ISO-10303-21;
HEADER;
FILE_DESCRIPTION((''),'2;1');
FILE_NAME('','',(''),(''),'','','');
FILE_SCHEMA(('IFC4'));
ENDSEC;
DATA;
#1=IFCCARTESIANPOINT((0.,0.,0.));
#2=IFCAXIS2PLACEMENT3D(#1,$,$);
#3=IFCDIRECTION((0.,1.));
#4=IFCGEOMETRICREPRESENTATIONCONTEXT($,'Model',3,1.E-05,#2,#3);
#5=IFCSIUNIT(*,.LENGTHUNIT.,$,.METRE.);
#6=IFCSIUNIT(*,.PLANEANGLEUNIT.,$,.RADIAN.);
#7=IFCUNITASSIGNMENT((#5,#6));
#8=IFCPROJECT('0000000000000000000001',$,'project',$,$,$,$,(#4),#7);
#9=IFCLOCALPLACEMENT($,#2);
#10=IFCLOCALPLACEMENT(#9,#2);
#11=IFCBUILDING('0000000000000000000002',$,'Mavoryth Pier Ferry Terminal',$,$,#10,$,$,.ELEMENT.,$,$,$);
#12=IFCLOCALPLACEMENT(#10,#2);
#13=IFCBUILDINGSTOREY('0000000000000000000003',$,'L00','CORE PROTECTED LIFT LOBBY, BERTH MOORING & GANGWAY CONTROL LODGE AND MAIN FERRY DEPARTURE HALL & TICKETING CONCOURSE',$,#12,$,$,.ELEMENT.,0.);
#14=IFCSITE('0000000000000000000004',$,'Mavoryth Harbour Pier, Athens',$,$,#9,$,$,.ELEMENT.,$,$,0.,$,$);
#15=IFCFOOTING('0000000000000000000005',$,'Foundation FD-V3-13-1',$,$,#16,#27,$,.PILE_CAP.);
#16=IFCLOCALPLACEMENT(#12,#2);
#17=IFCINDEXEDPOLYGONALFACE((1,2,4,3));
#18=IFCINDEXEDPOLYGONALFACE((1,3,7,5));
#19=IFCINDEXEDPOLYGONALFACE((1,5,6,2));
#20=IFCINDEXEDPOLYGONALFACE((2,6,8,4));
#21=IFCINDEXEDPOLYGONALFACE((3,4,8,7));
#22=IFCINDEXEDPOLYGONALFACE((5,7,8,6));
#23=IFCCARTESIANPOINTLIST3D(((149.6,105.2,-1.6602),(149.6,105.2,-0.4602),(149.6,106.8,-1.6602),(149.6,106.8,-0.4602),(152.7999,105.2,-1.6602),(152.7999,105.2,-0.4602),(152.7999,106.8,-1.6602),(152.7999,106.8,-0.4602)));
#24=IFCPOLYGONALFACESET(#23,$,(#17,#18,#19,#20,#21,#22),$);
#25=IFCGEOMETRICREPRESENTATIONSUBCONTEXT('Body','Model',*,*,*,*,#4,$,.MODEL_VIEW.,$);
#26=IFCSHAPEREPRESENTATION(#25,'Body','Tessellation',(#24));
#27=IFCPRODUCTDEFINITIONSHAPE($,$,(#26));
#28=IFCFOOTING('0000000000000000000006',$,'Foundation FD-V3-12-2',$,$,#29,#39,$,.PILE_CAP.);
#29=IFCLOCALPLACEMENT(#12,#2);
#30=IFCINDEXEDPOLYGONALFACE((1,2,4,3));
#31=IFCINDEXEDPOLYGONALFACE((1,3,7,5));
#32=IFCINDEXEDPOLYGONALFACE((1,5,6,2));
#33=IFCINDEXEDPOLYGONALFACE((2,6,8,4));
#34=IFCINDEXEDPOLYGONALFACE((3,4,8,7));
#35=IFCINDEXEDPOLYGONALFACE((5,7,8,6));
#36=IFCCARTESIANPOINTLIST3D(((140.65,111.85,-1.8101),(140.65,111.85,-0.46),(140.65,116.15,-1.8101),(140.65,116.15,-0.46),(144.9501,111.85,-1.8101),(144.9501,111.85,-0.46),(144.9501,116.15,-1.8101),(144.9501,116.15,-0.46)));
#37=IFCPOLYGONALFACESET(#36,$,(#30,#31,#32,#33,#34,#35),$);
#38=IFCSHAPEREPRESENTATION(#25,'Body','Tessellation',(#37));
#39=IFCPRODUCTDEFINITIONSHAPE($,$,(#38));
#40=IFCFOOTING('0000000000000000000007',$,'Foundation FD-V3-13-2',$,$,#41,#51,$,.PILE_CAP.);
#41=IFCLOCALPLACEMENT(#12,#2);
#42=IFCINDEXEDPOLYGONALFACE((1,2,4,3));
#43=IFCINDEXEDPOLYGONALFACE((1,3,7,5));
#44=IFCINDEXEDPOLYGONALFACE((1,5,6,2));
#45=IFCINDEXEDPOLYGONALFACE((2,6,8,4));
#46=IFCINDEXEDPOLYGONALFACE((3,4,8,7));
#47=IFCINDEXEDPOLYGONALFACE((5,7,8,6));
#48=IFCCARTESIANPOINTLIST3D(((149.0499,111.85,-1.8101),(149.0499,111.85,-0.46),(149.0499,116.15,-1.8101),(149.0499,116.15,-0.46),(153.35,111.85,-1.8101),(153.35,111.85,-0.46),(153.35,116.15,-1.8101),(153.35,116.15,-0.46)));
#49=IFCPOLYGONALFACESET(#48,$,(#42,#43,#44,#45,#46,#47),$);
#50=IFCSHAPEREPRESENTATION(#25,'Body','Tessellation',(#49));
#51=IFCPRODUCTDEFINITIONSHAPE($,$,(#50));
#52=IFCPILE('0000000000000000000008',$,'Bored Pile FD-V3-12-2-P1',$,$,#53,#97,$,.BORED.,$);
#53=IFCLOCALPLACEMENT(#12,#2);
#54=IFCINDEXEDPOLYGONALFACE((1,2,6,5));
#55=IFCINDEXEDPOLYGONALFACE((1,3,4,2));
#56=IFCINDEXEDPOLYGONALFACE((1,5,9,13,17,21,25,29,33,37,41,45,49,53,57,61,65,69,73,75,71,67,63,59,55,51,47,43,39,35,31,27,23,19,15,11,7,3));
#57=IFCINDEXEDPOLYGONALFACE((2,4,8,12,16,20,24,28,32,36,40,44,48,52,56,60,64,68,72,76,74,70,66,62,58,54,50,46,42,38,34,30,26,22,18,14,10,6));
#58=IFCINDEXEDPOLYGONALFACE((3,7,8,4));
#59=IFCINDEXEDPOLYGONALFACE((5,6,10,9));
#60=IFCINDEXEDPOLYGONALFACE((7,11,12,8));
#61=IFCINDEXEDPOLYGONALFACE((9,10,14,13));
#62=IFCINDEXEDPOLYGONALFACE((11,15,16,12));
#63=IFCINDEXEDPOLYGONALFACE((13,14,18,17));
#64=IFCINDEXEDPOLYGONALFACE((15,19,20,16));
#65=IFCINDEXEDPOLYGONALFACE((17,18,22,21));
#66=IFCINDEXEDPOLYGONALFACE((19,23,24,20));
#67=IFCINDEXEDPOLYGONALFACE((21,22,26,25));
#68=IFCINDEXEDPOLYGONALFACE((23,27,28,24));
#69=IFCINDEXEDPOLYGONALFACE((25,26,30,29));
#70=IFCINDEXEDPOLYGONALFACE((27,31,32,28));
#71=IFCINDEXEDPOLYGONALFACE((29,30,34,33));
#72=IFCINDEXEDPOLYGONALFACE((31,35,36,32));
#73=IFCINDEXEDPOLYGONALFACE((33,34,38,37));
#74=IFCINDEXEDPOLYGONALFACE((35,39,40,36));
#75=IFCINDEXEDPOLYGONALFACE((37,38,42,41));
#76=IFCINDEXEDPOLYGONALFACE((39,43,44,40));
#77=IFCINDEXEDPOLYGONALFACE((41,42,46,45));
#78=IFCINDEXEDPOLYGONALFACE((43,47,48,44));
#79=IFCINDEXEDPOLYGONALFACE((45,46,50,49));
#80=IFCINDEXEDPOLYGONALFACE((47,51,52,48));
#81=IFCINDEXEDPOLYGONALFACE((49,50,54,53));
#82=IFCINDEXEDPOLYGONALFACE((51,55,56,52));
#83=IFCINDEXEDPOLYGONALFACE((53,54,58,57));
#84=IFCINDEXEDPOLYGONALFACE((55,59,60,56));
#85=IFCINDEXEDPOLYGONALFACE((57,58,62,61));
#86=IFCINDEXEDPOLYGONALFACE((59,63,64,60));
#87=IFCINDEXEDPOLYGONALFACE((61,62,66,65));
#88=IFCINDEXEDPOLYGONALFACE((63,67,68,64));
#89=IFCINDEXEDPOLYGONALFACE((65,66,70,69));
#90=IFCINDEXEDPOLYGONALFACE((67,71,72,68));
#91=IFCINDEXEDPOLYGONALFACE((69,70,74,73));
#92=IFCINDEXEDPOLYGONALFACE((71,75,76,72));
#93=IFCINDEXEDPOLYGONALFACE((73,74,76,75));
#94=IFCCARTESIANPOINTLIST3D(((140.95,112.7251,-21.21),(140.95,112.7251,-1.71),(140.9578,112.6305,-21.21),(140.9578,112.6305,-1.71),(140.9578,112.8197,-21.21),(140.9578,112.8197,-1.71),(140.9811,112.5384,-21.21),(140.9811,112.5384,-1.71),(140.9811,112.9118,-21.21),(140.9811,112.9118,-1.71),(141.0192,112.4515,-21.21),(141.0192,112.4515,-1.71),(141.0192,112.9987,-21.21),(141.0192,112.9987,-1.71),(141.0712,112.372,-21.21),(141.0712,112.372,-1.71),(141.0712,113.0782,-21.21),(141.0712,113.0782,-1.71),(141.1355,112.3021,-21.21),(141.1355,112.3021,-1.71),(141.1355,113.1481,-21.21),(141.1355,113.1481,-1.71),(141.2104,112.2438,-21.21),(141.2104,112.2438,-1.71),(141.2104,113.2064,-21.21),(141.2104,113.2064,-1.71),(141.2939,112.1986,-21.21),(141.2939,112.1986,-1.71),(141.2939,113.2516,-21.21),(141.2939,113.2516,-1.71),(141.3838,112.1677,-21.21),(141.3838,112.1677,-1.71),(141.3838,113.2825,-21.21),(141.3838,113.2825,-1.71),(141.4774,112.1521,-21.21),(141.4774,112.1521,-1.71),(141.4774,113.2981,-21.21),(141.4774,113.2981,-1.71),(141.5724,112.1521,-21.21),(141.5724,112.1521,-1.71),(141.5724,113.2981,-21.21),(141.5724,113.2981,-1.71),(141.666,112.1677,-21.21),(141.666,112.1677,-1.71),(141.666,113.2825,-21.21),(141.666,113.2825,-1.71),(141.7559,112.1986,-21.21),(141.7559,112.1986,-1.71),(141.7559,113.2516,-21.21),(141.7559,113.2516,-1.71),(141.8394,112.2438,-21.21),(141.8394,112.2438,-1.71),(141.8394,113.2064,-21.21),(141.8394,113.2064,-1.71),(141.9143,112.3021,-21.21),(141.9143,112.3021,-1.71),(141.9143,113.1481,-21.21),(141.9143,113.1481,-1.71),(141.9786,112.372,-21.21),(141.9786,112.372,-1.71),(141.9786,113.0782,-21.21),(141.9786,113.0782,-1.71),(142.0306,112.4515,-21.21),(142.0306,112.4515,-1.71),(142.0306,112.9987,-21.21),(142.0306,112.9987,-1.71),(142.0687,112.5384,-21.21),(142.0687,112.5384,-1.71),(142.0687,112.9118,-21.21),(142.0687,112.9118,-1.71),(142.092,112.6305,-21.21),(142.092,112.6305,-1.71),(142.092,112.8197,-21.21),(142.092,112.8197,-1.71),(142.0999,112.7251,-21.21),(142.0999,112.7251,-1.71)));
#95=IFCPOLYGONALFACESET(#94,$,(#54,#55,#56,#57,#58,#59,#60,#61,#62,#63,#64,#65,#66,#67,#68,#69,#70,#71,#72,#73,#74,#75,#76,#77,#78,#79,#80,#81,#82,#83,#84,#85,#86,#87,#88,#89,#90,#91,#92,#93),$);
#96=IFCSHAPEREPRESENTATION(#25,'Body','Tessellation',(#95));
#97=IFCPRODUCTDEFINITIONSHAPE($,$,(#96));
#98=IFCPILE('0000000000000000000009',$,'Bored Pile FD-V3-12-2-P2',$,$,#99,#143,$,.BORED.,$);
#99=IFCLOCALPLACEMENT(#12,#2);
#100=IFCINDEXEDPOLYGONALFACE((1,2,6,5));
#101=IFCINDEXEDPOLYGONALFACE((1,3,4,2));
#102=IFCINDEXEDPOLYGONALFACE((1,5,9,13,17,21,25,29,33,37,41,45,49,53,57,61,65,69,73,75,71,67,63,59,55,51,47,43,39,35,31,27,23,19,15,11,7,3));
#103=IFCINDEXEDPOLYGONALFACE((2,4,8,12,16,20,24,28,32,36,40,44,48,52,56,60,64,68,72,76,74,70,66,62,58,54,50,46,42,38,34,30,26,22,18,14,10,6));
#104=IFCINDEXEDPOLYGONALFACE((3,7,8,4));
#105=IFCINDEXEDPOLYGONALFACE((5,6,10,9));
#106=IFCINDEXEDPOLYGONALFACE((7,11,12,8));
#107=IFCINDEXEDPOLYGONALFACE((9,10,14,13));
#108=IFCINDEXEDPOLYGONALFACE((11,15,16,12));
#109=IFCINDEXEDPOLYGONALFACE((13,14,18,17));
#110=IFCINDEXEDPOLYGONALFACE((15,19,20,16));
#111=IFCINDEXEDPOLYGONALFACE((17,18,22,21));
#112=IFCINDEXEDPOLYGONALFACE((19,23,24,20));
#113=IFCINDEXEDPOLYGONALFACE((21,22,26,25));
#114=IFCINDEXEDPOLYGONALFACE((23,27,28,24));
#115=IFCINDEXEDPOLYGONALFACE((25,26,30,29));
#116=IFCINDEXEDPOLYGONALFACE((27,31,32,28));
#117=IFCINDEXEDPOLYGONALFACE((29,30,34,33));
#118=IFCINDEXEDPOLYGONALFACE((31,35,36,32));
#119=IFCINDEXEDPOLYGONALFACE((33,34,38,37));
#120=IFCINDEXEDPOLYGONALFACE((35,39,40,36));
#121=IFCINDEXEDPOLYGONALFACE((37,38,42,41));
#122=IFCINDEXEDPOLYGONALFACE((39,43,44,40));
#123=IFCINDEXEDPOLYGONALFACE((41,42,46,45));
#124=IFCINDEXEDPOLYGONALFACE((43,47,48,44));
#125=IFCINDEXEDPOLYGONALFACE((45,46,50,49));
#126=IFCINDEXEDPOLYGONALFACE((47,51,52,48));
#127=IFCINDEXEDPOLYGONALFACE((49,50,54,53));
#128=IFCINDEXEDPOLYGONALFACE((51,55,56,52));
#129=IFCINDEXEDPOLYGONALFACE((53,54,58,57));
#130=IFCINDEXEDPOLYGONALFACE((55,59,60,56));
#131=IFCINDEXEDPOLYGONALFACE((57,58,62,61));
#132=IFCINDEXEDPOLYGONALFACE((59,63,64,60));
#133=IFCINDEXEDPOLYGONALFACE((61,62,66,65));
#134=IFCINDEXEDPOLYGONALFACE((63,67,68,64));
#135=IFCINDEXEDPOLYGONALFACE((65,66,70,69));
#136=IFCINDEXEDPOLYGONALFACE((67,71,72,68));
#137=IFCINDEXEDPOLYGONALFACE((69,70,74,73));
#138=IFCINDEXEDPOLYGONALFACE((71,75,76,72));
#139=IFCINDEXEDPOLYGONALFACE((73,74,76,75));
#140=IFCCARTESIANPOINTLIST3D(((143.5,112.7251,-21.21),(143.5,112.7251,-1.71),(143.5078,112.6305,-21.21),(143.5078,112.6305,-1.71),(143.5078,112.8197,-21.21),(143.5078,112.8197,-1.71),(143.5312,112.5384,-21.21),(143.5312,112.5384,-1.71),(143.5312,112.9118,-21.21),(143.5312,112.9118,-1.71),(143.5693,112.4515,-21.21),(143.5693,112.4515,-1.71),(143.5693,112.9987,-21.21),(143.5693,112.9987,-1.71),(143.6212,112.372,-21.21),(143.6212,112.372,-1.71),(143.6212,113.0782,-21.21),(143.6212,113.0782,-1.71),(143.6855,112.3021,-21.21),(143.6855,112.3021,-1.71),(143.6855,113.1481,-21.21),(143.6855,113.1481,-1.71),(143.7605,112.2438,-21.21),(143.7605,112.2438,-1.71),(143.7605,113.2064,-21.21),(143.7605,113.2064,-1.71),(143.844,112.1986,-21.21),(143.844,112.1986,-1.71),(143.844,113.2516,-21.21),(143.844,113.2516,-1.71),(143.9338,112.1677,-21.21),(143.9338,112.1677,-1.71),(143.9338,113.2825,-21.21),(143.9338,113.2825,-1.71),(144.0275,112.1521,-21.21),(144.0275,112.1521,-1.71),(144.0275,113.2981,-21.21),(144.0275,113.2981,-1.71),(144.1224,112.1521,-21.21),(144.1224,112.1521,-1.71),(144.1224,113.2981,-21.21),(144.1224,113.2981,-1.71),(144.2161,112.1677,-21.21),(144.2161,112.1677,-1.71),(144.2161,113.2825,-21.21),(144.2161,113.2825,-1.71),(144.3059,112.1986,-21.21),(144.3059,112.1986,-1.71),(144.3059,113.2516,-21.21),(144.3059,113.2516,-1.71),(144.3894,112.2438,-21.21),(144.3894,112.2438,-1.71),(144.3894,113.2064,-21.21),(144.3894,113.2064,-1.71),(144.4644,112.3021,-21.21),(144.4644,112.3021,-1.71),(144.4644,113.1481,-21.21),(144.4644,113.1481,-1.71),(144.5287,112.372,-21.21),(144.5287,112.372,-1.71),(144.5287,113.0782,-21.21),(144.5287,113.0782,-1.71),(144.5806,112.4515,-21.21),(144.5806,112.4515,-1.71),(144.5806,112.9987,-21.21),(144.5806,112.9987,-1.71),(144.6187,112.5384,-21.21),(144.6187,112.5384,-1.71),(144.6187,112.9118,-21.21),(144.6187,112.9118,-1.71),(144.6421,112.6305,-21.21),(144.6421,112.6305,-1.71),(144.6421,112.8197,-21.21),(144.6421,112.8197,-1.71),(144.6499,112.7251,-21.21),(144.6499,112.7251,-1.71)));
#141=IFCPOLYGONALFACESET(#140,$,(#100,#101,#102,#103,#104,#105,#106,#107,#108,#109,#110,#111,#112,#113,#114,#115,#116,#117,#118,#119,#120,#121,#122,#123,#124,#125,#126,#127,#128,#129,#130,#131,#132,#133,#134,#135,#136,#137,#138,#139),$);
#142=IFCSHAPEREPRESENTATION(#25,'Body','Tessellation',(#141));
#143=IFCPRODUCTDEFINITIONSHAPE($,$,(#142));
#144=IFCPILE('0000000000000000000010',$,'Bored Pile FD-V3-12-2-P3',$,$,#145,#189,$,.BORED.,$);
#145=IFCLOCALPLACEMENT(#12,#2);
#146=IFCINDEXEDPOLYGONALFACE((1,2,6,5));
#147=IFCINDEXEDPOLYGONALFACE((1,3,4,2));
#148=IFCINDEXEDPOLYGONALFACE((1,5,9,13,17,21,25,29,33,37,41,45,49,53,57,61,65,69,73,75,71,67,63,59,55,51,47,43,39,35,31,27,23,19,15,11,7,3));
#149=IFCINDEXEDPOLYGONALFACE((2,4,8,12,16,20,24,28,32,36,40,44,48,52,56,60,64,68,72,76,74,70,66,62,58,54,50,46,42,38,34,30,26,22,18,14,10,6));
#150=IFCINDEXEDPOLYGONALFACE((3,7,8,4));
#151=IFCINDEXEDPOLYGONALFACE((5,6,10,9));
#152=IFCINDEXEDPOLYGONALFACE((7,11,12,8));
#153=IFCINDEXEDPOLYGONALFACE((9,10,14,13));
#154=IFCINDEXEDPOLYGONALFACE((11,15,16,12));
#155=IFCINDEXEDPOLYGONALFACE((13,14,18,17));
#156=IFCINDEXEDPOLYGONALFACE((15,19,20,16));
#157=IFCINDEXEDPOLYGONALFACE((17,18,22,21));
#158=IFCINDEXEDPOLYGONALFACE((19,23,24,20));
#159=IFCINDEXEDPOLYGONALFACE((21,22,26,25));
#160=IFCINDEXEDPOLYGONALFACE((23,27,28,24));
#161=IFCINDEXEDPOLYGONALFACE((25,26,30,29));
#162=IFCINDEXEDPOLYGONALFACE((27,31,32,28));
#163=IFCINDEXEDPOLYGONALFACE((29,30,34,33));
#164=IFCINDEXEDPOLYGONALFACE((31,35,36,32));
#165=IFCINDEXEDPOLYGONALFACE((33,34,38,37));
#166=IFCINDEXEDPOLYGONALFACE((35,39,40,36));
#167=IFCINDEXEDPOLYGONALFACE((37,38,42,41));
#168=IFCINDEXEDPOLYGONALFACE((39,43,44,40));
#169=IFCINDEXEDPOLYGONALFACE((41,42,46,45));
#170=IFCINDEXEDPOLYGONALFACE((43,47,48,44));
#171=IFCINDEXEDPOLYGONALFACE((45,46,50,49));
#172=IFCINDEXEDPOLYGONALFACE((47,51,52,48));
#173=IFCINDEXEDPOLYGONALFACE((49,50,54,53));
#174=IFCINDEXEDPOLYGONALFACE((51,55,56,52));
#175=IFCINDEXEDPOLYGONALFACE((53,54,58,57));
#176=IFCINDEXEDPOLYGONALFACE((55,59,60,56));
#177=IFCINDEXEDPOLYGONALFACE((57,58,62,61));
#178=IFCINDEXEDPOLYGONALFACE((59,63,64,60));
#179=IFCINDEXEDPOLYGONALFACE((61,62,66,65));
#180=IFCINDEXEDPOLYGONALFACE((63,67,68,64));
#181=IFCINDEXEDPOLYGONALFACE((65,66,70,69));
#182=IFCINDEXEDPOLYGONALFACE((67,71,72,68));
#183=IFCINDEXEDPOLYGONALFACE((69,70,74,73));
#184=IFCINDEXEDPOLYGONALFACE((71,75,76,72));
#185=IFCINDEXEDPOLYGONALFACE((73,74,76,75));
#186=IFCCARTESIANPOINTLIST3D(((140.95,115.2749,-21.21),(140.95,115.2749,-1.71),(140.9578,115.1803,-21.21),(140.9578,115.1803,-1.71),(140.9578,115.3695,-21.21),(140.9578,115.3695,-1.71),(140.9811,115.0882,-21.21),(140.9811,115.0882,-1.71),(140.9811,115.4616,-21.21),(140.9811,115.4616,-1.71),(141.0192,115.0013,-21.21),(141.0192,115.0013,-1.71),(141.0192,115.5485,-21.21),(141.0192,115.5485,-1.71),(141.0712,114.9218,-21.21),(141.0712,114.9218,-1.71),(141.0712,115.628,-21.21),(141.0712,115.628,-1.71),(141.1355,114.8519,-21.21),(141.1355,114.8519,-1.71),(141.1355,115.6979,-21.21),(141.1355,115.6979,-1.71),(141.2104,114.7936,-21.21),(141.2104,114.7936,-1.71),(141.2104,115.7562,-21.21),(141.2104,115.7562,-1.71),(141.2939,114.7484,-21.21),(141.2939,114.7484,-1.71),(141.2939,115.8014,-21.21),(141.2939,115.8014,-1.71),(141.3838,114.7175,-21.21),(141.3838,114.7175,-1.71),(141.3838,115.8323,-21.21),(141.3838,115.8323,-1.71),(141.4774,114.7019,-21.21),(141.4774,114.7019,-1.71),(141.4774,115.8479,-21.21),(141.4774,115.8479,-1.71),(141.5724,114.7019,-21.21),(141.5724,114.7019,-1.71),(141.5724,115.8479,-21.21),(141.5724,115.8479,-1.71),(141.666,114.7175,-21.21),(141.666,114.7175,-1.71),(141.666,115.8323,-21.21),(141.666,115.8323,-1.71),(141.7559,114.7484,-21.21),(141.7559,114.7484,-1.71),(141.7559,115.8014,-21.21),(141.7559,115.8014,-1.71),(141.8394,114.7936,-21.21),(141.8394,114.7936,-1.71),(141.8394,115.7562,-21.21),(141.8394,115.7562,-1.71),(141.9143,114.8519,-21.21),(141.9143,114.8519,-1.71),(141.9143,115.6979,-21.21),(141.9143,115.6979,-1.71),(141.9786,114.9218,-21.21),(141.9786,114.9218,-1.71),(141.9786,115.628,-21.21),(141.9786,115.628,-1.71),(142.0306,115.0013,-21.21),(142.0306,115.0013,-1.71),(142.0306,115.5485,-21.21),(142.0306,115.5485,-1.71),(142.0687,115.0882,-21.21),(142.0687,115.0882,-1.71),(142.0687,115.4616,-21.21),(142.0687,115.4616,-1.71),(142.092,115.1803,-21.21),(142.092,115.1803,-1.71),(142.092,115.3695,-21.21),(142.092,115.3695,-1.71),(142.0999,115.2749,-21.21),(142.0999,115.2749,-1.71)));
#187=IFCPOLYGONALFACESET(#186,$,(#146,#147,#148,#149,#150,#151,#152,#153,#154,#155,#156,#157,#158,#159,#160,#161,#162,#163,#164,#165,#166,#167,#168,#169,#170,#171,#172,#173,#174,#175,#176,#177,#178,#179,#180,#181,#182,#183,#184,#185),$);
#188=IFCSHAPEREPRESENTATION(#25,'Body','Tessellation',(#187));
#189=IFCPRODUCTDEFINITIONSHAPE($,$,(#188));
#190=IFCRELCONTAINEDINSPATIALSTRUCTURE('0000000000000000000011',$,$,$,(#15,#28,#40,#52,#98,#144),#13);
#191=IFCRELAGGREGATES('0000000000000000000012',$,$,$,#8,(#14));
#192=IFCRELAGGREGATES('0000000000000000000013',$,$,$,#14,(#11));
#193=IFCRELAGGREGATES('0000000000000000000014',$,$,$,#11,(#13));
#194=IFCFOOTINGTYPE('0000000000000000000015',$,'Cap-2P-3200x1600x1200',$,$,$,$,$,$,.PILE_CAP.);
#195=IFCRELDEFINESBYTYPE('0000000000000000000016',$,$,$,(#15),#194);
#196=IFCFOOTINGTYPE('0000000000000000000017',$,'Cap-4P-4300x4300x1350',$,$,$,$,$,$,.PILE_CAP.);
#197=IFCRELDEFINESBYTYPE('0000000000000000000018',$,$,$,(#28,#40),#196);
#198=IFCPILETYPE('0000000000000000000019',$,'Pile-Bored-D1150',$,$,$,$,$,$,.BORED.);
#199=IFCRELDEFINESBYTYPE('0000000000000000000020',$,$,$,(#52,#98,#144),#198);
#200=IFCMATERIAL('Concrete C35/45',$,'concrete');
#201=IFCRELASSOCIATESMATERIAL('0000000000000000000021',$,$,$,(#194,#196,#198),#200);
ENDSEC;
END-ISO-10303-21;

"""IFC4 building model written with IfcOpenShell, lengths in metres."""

from ifc_helpers import new_model, si_unit, direction, frame, origin, origin_2d, place, context, subcontext, project, spatial, rectangle, circle, extrude, material, material_profile, profile_set, type_object, element, save


model = new_model("IFC4")

# Units and contexts
model_context = context("Model", 3, precision=1e-05, world=origin(), true_north=direction((0.0, 1.0)))
body_context = subcontext(model_context, "Body", "Model", "MODEL_VIEW")
ifc_project = project(units=[si_unit("LENGTHUNIT", "METRE"), si_unit("PLANEANGLEUNIT", "RADIAN")], contexts=[model_context])

# Site, building, storey
site_placement = place(None, origin())
site = spatial("IfcSite", under=ifc_project, at=site_placement, Name="Mavoryth Harbour Pier, Athens", CompositionType="ELEMENT", RefElevation=0.0)
building_placement = place(site_placement, origin())
building = spatial("IfcBuilding", under=site, at=building_placement, Name="Mavoryth Pier Ferry Terminal", CompositionType="ELEMENT")
storey_placement = place(building_placement, origin())
storey = spatial("IfcBuildingStorey", under=building, at=storey_placement, Name="L00", Description="CORE PROTECTED LIFT LOBBY, BERTH MOORING & GANGWAY CONTROL LODGE AND MAIN FERRY DEPARTURE HALL & TICKETING CONCOURSE", CompositionType="ELEMENT", Elevation=0.0)

# Footings
ifc_material_1 = material(Name="Concrete C35/45", Category="concrete")
footing_type_1 = type_object("IfcFootingType", Name="Cap-2P-3200x1600x1200", PredefinedType="PILE_CAP", material=ifc_material_1)
footing_1_placement = place(storey_placement, frame((151.2, 106.0, -1.6602), z_axis=(0.0, 0.0, 1.0), x_axis=(1.0, 0.0, 0.0)))
element("IfcFooting", 1, at=footing_1_placement, inside=storey, type_object=footing_type_1, Name="Foundation FD-V3-13-1", PredefinedType="PILE_CAP", context=body_context, shape_type="SweptSolid", body=[
    extrude(rectangle(XDim=3.2, YDim=1.6001, at=origin_2d()), origin(), (0.0, 0.0, 1.0), 1.2),
])
footing_type_2 = type_object("IfcFootingType", Name="Cap-4P-4300x4300x1350", PredefinedType="PILE_CAP", material=ifc_material_1)
for number, where, z_axis, x_axis, name in (
    (2, (142.8, 114.0, -1.8101), (0.0, 0.0, 1.0), (1.0, 0.0, 0.0), "Foundation FD-V3-12-2"),
    (3, (151.2, 114.0, -1.8101), (0.0, 0.0, 1.0), (1.0, 0.0, 0.0), "Foundation FD-V3-13-2"),
):
    element("IfcFooting", number, at=place(storey_placement, frame(where, z_axis=z_axis, x_axis=x_axis)), inside=storey, type_object=footing_type_2, Name=name, PredefinedType="PILE_CAP", context=body_context, shape_type="SweptSolid", body=[
        extrude(rectangle(XDim=4.3, YDim=4.3, at=origin_2d()), origin(), (0.0, 0.0, 1.0), 1.3501),
    ])

# Piles
ifc_material_profile_1 = material_profile(ifc_material_1, circle(Radius=0.575, at=origin_2d()), Name="PILE D1150", Category="concrete")
ifc_profile_set_1 = profile_set([ifc_material_profile_1], Name="Concrete C35/45 - PILE D1150")
pile_type_1 = type_object("IfcPileType", Name="Pile-Bored-D1150", PredefinedType="BORED", material=ifc_profile_set_1)
for number, where, z_axis, x_axis, name in (
    (4, (141.5249, 112.7251, -1.71), (0.0, 0.0, -1.0), (1.0, 0.0, 0.0), "Bored Pile FD-V3-12-2-P1"),
    (5, (144.075, 112.7251, -1.71), (0.0, 0.0, -1.0), (1.0, 0.0, 0.0), "Bored Pile FD-V3-12-2-P2"),
    (6, (141.5249, 115.2749, -1.71), (0.0, 0.0, -1.0), (1.0, 0.0, 0.0), "Bored Pile FD-V3-12-2-P3"),
):
    element("IfcPile", number, at=place(storey_placement, frame(where, z_axis=z_axis, x_axis=x_axis)), inside=storey, type_object=pile_type_1, Name=name, PredefinedType="BORED", context=body_context, shape_type="SweptSolid", body=[
        extrude(circle(Radius=0.575, at=origin_2d()), origin(), (0.0, 0.0, 1.0), 19.5),
    ])

save(model, "model.ifc")
